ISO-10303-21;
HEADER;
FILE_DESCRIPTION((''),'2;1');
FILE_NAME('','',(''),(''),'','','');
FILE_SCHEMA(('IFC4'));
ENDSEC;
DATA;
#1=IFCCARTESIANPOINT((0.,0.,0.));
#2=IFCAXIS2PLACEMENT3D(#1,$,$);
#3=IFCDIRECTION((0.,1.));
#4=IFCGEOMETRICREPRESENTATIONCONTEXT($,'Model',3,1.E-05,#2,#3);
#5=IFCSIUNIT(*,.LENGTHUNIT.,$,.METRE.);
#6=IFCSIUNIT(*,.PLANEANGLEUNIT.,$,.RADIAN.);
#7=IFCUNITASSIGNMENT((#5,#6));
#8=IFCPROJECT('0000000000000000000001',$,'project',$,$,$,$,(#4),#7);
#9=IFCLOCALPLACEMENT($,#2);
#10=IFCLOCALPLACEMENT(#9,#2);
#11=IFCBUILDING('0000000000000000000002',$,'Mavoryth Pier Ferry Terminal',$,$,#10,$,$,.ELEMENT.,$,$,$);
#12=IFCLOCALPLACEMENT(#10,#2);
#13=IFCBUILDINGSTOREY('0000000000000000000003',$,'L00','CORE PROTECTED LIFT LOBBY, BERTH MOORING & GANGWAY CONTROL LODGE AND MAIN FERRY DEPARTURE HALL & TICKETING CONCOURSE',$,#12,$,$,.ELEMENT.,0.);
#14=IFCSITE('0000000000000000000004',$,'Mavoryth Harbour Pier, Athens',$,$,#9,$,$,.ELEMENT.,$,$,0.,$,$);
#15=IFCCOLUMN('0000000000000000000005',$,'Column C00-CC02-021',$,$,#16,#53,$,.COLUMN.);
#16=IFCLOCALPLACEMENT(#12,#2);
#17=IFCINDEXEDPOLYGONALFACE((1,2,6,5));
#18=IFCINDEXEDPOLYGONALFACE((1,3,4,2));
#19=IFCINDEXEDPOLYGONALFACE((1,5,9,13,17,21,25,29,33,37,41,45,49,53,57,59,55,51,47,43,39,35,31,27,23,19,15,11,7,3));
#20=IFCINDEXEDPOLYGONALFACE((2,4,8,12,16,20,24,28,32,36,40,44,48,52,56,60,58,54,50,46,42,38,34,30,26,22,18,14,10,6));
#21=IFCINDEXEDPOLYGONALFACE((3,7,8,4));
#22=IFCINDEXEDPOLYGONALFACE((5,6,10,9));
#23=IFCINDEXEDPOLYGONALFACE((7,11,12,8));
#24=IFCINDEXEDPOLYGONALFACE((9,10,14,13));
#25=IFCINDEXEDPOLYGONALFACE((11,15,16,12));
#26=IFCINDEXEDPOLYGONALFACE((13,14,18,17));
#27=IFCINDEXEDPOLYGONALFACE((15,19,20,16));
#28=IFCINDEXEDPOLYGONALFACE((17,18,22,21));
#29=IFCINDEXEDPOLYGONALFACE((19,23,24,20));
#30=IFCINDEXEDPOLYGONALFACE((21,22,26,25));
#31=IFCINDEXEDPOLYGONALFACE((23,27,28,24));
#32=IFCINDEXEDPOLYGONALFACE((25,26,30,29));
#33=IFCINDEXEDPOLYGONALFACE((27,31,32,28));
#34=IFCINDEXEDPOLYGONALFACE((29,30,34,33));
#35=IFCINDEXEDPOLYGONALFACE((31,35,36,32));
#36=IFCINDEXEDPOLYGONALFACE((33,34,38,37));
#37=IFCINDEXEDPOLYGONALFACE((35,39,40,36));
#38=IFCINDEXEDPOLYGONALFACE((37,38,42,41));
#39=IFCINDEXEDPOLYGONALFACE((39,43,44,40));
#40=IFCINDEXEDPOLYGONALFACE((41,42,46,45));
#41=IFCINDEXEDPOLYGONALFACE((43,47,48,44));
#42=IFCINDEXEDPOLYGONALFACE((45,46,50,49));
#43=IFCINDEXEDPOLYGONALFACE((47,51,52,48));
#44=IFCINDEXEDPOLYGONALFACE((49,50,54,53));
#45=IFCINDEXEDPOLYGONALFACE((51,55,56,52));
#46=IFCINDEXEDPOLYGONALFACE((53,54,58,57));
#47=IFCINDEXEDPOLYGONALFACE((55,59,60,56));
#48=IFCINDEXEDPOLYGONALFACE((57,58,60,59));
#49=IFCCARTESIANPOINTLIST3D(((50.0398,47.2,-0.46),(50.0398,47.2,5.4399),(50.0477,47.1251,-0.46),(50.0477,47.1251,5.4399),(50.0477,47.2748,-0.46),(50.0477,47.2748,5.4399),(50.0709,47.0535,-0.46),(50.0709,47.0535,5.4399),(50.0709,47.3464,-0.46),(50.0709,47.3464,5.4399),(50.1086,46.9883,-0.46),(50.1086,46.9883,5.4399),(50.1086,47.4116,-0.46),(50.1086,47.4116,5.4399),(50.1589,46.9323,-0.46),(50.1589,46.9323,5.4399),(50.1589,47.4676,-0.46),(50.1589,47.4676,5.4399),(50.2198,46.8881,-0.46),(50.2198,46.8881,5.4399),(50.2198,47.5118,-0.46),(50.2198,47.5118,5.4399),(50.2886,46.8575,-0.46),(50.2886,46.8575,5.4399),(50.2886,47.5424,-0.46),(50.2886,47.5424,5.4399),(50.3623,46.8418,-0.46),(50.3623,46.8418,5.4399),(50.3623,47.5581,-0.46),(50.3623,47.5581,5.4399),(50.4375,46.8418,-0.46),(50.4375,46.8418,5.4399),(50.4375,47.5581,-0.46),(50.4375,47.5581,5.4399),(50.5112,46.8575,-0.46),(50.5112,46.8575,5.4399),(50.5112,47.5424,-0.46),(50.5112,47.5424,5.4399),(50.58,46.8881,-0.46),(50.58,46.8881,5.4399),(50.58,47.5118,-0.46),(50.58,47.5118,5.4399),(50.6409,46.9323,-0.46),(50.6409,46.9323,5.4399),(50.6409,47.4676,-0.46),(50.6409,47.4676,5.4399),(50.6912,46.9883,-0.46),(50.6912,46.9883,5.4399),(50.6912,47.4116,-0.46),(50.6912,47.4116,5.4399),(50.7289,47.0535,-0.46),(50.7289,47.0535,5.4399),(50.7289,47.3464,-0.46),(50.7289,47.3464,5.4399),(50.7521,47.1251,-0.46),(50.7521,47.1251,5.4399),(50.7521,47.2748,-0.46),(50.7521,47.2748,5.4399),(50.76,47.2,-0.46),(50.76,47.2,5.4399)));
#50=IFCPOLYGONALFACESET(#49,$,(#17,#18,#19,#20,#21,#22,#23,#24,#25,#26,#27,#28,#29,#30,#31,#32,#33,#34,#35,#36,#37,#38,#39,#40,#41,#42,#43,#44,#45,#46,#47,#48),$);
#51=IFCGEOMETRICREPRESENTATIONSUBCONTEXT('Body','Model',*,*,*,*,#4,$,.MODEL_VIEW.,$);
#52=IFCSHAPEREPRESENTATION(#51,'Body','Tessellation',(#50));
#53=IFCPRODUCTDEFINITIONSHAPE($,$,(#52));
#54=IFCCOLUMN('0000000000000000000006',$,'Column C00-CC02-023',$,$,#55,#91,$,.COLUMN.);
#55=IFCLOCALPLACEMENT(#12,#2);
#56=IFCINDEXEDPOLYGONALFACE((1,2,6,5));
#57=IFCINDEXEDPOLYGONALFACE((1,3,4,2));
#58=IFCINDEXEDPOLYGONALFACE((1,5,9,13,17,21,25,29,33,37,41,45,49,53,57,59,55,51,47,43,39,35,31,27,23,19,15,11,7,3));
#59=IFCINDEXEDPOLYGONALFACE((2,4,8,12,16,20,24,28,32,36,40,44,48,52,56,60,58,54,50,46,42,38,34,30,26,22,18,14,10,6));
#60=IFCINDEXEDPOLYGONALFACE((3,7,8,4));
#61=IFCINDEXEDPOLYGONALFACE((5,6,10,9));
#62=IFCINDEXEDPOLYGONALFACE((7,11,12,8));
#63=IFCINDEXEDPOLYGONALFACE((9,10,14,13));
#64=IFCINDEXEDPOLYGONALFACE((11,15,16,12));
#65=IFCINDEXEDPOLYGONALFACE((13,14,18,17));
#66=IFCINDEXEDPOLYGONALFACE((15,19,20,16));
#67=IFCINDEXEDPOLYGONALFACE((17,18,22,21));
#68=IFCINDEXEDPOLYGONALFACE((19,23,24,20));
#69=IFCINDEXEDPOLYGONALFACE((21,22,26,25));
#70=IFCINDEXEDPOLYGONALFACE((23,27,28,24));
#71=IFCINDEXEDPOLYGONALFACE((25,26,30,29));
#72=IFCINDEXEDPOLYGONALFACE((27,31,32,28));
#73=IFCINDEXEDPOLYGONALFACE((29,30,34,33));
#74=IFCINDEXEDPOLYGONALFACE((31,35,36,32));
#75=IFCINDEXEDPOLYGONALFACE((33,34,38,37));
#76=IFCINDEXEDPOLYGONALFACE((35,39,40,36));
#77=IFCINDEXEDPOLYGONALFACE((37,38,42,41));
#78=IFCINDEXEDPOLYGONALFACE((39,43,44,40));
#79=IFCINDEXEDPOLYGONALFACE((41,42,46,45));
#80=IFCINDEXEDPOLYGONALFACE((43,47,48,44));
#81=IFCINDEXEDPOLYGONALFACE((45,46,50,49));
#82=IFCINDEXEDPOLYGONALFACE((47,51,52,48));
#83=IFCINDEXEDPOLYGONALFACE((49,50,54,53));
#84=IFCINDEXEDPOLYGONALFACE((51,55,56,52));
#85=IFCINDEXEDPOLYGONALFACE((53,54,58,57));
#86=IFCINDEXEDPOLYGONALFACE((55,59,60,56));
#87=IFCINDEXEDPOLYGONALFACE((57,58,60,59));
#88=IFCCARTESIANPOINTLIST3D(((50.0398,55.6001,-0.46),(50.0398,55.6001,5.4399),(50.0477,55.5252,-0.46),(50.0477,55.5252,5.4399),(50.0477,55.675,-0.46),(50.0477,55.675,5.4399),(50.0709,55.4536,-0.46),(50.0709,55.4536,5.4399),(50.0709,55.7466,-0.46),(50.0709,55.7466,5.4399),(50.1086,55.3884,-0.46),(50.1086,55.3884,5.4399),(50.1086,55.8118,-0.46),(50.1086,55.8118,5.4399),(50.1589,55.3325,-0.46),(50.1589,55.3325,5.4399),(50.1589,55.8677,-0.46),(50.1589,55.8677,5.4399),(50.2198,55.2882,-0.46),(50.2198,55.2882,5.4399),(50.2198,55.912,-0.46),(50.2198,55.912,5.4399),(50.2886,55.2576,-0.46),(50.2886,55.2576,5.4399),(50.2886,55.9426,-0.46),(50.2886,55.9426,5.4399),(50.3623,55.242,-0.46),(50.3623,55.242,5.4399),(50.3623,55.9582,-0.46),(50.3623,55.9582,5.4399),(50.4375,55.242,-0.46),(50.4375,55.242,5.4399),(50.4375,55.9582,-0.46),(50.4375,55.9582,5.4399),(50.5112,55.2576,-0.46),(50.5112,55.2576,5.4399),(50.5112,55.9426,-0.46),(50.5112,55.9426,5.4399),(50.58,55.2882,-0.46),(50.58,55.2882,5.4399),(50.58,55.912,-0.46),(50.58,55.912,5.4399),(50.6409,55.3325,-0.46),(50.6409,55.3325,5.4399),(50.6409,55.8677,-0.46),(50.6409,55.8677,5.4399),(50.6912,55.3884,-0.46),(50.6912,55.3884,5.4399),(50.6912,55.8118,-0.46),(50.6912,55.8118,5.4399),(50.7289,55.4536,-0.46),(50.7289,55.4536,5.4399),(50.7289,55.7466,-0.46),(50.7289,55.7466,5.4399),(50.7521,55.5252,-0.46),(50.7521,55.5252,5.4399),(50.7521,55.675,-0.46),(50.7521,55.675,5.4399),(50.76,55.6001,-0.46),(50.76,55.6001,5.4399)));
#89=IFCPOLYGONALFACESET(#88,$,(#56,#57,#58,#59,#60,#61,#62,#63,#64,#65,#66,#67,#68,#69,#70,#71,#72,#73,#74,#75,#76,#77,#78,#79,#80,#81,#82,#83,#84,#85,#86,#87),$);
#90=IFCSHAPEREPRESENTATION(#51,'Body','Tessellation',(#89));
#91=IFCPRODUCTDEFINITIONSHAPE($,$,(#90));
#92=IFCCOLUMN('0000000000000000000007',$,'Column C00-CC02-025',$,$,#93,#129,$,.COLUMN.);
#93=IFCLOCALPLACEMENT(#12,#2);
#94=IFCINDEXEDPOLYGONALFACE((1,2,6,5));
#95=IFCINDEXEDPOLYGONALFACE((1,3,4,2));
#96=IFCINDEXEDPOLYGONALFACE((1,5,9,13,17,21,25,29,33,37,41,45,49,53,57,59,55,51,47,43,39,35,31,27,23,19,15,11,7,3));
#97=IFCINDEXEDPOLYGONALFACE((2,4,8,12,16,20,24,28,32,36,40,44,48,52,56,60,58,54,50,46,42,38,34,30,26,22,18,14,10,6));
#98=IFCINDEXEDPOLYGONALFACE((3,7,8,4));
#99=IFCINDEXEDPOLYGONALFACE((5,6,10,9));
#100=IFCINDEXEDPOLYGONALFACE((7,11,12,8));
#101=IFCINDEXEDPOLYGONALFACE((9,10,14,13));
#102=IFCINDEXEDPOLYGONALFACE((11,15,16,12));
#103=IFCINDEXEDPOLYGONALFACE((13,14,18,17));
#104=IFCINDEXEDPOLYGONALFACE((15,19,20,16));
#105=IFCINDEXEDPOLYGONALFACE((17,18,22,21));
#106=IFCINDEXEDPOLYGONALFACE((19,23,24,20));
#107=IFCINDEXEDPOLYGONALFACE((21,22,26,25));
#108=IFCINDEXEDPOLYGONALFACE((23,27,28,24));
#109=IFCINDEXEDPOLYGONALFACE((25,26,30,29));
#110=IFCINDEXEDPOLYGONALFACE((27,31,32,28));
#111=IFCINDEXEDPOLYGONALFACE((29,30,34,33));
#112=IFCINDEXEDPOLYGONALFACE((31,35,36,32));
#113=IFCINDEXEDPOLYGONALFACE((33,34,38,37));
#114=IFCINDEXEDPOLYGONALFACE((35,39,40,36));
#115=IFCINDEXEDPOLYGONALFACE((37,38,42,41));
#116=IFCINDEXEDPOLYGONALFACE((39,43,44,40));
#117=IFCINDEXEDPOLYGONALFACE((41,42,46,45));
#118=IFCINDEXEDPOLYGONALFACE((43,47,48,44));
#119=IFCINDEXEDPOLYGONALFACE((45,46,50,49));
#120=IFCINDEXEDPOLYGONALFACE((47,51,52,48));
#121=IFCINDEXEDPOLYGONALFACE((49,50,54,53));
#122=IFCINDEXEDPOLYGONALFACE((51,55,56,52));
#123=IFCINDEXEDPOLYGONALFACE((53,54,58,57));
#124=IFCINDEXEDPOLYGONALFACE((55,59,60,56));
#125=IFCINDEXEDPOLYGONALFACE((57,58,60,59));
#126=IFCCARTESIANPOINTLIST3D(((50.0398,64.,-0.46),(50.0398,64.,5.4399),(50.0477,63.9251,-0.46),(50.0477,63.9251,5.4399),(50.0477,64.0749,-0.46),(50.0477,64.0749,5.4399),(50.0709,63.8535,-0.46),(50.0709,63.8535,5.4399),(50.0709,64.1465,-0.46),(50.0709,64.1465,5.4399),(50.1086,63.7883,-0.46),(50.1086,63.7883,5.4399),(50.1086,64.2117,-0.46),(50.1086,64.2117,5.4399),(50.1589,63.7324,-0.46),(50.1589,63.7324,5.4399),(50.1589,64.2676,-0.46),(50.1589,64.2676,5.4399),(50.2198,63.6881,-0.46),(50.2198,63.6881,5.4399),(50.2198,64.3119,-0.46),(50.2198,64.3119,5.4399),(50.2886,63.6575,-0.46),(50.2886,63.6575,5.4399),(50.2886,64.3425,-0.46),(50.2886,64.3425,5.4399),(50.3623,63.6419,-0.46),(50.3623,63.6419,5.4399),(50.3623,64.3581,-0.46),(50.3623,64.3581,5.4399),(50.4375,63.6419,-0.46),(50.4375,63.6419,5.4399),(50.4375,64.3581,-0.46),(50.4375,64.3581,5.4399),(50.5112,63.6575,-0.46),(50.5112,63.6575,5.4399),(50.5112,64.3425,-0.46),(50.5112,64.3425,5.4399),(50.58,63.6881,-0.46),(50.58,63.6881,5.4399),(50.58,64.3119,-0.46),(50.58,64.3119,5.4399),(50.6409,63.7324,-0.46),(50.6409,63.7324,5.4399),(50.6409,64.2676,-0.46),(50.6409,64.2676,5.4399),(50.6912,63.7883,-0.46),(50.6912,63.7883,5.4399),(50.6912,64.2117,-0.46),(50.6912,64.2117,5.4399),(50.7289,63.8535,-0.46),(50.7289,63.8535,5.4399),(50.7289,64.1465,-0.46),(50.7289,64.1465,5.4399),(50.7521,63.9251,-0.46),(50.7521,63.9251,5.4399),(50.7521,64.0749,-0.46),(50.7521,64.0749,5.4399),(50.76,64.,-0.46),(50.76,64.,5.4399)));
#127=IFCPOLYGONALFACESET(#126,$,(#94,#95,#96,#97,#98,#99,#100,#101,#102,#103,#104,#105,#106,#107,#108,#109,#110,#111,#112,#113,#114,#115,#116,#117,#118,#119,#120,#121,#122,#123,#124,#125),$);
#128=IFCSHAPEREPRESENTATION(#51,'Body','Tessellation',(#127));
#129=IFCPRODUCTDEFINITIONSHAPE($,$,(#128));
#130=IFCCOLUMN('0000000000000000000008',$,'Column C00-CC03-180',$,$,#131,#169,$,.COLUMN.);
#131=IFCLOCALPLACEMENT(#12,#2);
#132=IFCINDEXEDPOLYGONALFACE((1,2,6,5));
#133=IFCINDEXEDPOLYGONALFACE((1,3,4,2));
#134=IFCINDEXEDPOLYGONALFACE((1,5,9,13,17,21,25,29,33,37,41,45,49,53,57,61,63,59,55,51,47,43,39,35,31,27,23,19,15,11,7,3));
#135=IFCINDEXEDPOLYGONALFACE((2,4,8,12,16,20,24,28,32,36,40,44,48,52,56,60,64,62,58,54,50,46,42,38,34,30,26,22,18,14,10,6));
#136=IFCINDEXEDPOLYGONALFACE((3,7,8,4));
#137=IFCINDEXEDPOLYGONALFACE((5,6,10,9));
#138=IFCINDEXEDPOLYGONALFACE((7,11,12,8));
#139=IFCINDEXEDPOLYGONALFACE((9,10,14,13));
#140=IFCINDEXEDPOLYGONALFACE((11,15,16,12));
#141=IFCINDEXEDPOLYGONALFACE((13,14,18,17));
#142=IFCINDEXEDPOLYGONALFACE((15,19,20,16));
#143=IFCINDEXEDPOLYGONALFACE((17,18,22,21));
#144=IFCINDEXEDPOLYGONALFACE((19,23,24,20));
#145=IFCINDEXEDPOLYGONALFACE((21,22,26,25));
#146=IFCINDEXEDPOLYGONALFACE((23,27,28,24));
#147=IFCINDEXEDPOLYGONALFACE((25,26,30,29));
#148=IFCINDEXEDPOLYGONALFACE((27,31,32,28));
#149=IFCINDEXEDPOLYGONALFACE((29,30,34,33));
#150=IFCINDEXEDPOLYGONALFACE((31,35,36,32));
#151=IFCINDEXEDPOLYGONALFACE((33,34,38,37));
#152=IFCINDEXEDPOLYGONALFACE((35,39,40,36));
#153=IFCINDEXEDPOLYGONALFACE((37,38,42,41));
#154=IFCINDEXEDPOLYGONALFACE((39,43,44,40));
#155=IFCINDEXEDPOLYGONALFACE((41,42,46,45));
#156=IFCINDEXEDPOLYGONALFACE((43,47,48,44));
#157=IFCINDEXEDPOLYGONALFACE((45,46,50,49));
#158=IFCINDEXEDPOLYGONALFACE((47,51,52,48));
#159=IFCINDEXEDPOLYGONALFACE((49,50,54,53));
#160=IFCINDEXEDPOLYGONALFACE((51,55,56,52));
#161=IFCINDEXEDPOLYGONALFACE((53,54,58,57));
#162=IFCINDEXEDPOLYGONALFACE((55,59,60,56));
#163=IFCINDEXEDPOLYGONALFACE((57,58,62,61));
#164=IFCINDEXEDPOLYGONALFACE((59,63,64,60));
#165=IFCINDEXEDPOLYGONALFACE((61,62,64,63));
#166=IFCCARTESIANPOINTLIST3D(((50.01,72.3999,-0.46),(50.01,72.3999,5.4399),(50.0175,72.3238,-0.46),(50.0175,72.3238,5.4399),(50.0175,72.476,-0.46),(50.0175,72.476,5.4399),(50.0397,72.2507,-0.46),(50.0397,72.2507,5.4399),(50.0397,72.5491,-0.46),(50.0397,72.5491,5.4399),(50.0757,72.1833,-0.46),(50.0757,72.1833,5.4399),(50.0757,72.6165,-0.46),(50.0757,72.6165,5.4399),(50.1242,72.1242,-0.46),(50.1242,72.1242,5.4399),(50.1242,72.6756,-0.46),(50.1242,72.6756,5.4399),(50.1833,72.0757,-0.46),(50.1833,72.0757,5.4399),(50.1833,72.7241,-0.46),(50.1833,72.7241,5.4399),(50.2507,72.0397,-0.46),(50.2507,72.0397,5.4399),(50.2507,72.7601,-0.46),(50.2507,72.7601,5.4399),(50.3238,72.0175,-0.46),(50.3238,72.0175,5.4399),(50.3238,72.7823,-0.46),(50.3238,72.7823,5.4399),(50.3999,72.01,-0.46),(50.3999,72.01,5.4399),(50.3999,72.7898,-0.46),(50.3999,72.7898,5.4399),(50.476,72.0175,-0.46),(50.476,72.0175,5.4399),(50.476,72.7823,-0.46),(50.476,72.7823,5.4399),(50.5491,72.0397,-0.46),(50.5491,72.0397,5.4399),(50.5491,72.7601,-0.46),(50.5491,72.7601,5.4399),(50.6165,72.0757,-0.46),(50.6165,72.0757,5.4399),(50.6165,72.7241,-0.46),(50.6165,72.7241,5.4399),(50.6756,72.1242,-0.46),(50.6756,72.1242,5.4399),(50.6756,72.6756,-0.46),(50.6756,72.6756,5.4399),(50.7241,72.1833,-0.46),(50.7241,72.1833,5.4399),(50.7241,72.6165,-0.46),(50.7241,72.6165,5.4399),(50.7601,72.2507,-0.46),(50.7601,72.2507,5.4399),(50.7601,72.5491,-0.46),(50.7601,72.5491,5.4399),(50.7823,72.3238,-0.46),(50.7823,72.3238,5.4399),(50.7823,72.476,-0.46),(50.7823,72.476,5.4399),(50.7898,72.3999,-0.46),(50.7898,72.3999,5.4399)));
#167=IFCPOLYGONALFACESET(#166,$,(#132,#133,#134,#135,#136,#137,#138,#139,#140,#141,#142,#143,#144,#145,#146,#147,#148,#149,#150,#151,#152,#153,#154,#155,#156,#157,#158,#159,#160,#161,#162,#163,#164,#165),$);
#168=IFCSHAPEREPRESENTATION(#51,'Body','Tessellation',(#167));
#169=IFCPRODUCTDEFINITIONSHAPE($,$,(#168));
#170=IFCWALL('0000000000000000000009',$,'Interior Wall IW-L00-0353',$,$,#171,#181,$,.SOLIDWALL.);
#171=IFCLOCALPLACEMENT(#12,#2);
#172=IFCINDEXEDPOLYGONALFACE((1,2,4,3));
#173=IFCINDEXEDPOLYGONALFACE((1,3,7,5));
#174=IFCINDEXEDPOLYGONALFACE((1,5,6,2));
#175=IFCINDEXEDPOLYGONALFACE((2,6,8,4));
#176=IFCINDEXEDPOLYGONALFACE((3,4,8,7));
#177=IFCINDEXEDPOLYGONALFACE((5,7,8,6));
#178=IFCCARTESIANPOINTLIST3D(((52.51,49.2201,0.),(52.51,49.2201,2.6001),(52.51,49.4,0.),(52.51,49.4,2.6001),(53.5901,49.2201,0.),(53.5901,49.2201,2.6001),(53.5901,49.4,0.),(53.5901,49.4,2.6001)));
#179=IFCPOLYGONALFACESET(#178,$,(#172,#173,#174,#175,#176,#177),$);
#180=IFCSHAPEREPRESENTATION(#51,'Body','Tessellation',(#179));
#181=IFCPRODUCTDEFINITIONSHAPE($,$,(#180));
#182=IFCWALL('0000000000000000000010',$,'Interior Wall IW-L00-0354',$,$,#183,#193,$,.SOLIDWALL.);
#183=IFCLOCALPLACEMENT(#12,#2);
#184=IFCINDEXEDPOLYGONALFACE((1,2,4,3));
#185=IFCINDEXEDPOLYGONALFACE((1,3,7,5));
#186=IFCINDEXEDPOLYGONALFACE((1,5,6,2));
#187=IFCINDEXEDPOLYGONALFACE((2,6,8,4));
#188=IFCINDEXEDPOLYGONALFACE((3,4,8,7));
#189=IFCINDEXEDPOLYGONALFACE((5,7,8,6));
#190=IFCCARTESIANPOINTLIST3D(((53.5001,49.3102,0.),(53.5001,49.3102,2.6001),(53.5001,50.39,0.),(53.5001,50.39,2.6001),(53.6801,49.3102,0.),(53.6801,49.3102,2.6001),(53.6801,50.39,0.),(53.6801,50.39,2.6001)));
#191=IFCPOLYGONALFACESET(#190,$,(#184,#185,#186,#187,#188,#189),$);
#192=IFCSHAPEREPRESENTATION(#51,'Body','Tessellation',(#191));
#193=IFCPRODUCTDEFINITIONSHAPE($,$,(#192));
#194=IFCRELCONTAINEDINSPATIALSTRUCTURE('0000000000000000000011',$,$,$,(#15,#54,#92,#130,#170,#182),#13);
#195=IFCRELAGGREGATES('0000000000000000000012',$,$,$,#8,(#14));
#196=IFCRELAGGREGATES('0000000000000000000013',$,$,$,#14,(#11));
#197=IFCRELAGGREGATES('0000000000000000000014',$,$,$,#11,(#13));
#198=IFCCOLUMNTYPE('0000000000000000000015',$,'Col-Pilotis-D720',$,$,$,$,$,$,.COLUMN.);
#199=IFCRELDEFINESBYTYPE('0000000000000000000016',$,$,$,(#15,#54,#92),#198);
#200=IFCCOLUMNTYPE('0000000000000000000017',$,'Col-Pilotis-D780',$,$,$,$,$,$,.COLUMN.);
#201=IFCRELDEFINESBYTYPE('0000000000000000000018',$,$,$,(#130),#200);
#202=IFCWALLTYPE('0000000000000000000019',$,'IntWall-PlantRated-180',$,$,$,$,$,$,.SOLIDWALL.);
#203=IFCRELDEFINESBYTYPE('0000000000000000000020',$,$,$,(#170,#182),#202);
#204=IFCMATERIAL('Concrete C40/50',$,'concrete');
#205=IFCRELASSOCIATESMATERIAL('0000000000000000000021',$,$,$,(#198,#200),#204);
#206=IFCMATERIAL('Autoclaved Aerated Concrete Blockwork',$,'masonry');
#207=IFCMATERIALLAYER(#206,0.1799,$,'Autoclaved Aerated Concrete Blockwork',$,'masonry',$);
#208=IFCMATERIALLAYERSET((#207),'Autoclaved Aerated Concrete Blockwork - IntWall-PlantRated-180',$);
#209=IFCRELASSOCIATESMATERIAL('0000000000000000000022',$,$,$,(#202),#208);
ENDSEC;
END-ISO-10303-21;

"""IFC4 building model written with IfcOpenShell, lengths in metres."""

from ifc_helpers import new_model, si_unit, direction, frame, frame_2d, origin, origin_2d, place, context, subcontext, project, spatial, rectangle, circle, extrude, material, layer, layer_set, material_profile, profile_set, type_object, element, save


model = new_model("IFC4")

# Units and contexts
model_context = context("Model", 3, precision=1e-05, world=origin(), true_north=direction((0.0, 1.0)))
body_context = subcontext(model_context, "Body", "Model", "MODEL_VIEW")
ifc_project = project(units=[si_unit("LENGTHUNIT", "METRE"), si_unit("PLANEANGLEUNIT", "RADIAN")], contexts=[model_context])

# Site, building, storey
site_placement = place(None, origin())
site = spatial("IfcSite", under=ifc_project, at=site_placement, Name="Mavoryth Harbour Pier, Athens", CompositionType="ELEMENT", RefElevation=0.0)
building_placement = place(site_placement, origin())
building = spatial("IfcBuilding", under=site, at=building_placement, Name="Mavoryth Pier Ferry Terminal", CompositionType="ELEMENT")
storey_placement = place(building_placement, origin())
storey = spatial("IfcBuildingStorey", under=building, at=storey_placement, Name="L00", Description="CORE PROTECTED LIFT LOBBY, BERTH MOORING & GANGWAY CONTROL LODGE AND MAIN FERRY DEPARTURE HALL & TICKETING CONCOURSE", CompositionType="ELEMENT", Elevation=0.0)

# Columns
ifc_material_1 = material(Name="Concrete C40/50", Category="concrete")
ifc_material_profile_1 = material_profile(ifc_material_1, circle(Radius=0.3601, at=origin_2d()), Name="RC D720", Category="concrete")
ifc_profile_set_1 = profile_set([ifc_material_profile_1], Name="Concrete C40/50 - RC D720")
column_type_1 = type_object("IfcColumnType", Name="Col-Pilotis-D720", PredefinedType="COLUMN", material=ifc_profile_set_1)
for number, where, z_axis, x_axis, name in (
    (1, (50.3999, 47.2, -0.46), (0.0, 0.0, 1.0), (1.0, 0.0, 0.0), "Column C00-CC02-021"),
    (2, (50.3999, 55.6001, -0.46), (0.0, 0.0, 1.0), (1.0, 0.0, 0.0), "Column C00-CC02-023"),
    (3, (50.3999, 64.0, -0.46), (0.0, 0.0, 1.0), (1.0, 0.0, 0.0), "Column C00-CC02-025"),
):
    element("IfcColumn", number, at=place(storey_placement, frame(where, z_axis=z_axis, x_axis=x_axis)), inside=storey, type_object=column_type_1, Name=name, PredefinedType="COLUMN", context=body_context, shape_type="SweptSolid", body=[
        extrude(circle(Radius=0.3601, at=origin_2d()), origin(), (0.0, 0.0, 1.0), 5.8999),
    ])
ifc_material_profile_2 = material_profile(ifc_material_1, circle(Radius=0.3899, at=origin_2d()), Name="RC D780", Category="concrete")
ifc_profile_set_2 = profile_set([ifc_material_profile_2], Name="Concrete C40/50 - RC D780")
column_type_2 = type_object("IfcColumnType", Name="Col-Pilotis-D780", PredefinedType="COLUMN", material=ifc_profile_set_2)
column_placement = place(storey_placement, frame((50.3999, 72.3999, -0.46), z_axis=(0.0, 0.0, 1.0), x_axis=(1.0, 0.0, 0.0)))
element("IfcColumn", 4, at=column_placement, inside=storey, type_object=column_type_2, Name="Column C00-CC03-180", PredefinedType="COLUMN", context=body_context, shape_type="SweptSolid", body=[
    extrude(circle(Radius=0.3899, at=origin_2d()), origin(), (0.0, 0.0, 1.0), 5.8999),
])

# Walls
ifc_material_2 = material(Name="Autoclaved Aerated Concrete Blockwork", Category="masonry")
ifc_layer_1 = layer(ifc_material_2, 0.1799, Name="Autoclaved Aerated Concrete Blockwork", Category="masonry")
ifc_layer_set_1 = layer_set([ifc_layer_1], Name="Autoclaved Aerated Concrete Blockwork - IntWall-PlantRated-180")
wall_type_1 = type_object("IfcWallType", Name="IntWall-PlantRated-180", PredefinedType="SOLIDWALL", material=ifc_layer_set_1)
wall_1_placement = place(storey_placement, frame((52.51, 49.3101, 0.0), z_axis=(0.0, 0.0, 1.0), x_axis=(1.0, 0.0, 0.0)))
element("IfcWall", 5, at=wall_1_placement, inside=storey, type_object=wall_type_1, Name="Interior Wall IW-L00-0353", PredefinedType="SOLIDWALL", context=body_context, shape_type="SweptSolid", body=[
    extrude(rectangle(XDim=1.0801, YDim=0.1799, at=frame_2d((0.54, 0.0))), origin(), (0.0, 0.0, 1.0), 2.6001),
])
wall_2_placement = place(storey_placement, frame((53.5901, 49.3101, 0.0), z_axis=(0.0, 0.0, 1.0), x_axis=(0.0, 1.0, 0.0)))
element("IfcWall", 6, at=wall_2_placement, inside=storey, type_object=wall_type_1, Name="Interior Wall IW-L00-0354", PredefinedType="SOLIDWALL", context=body_context, shape_type="SweptSolid", body=[
    extrude(rectangle(XDim=1.0798, YDim=0.1799, at=frame_2d((0.54, 0.0))), origin(), (0.0, 0.0, 1.0), 2.6001),
])

save(model, "model.ifc")
